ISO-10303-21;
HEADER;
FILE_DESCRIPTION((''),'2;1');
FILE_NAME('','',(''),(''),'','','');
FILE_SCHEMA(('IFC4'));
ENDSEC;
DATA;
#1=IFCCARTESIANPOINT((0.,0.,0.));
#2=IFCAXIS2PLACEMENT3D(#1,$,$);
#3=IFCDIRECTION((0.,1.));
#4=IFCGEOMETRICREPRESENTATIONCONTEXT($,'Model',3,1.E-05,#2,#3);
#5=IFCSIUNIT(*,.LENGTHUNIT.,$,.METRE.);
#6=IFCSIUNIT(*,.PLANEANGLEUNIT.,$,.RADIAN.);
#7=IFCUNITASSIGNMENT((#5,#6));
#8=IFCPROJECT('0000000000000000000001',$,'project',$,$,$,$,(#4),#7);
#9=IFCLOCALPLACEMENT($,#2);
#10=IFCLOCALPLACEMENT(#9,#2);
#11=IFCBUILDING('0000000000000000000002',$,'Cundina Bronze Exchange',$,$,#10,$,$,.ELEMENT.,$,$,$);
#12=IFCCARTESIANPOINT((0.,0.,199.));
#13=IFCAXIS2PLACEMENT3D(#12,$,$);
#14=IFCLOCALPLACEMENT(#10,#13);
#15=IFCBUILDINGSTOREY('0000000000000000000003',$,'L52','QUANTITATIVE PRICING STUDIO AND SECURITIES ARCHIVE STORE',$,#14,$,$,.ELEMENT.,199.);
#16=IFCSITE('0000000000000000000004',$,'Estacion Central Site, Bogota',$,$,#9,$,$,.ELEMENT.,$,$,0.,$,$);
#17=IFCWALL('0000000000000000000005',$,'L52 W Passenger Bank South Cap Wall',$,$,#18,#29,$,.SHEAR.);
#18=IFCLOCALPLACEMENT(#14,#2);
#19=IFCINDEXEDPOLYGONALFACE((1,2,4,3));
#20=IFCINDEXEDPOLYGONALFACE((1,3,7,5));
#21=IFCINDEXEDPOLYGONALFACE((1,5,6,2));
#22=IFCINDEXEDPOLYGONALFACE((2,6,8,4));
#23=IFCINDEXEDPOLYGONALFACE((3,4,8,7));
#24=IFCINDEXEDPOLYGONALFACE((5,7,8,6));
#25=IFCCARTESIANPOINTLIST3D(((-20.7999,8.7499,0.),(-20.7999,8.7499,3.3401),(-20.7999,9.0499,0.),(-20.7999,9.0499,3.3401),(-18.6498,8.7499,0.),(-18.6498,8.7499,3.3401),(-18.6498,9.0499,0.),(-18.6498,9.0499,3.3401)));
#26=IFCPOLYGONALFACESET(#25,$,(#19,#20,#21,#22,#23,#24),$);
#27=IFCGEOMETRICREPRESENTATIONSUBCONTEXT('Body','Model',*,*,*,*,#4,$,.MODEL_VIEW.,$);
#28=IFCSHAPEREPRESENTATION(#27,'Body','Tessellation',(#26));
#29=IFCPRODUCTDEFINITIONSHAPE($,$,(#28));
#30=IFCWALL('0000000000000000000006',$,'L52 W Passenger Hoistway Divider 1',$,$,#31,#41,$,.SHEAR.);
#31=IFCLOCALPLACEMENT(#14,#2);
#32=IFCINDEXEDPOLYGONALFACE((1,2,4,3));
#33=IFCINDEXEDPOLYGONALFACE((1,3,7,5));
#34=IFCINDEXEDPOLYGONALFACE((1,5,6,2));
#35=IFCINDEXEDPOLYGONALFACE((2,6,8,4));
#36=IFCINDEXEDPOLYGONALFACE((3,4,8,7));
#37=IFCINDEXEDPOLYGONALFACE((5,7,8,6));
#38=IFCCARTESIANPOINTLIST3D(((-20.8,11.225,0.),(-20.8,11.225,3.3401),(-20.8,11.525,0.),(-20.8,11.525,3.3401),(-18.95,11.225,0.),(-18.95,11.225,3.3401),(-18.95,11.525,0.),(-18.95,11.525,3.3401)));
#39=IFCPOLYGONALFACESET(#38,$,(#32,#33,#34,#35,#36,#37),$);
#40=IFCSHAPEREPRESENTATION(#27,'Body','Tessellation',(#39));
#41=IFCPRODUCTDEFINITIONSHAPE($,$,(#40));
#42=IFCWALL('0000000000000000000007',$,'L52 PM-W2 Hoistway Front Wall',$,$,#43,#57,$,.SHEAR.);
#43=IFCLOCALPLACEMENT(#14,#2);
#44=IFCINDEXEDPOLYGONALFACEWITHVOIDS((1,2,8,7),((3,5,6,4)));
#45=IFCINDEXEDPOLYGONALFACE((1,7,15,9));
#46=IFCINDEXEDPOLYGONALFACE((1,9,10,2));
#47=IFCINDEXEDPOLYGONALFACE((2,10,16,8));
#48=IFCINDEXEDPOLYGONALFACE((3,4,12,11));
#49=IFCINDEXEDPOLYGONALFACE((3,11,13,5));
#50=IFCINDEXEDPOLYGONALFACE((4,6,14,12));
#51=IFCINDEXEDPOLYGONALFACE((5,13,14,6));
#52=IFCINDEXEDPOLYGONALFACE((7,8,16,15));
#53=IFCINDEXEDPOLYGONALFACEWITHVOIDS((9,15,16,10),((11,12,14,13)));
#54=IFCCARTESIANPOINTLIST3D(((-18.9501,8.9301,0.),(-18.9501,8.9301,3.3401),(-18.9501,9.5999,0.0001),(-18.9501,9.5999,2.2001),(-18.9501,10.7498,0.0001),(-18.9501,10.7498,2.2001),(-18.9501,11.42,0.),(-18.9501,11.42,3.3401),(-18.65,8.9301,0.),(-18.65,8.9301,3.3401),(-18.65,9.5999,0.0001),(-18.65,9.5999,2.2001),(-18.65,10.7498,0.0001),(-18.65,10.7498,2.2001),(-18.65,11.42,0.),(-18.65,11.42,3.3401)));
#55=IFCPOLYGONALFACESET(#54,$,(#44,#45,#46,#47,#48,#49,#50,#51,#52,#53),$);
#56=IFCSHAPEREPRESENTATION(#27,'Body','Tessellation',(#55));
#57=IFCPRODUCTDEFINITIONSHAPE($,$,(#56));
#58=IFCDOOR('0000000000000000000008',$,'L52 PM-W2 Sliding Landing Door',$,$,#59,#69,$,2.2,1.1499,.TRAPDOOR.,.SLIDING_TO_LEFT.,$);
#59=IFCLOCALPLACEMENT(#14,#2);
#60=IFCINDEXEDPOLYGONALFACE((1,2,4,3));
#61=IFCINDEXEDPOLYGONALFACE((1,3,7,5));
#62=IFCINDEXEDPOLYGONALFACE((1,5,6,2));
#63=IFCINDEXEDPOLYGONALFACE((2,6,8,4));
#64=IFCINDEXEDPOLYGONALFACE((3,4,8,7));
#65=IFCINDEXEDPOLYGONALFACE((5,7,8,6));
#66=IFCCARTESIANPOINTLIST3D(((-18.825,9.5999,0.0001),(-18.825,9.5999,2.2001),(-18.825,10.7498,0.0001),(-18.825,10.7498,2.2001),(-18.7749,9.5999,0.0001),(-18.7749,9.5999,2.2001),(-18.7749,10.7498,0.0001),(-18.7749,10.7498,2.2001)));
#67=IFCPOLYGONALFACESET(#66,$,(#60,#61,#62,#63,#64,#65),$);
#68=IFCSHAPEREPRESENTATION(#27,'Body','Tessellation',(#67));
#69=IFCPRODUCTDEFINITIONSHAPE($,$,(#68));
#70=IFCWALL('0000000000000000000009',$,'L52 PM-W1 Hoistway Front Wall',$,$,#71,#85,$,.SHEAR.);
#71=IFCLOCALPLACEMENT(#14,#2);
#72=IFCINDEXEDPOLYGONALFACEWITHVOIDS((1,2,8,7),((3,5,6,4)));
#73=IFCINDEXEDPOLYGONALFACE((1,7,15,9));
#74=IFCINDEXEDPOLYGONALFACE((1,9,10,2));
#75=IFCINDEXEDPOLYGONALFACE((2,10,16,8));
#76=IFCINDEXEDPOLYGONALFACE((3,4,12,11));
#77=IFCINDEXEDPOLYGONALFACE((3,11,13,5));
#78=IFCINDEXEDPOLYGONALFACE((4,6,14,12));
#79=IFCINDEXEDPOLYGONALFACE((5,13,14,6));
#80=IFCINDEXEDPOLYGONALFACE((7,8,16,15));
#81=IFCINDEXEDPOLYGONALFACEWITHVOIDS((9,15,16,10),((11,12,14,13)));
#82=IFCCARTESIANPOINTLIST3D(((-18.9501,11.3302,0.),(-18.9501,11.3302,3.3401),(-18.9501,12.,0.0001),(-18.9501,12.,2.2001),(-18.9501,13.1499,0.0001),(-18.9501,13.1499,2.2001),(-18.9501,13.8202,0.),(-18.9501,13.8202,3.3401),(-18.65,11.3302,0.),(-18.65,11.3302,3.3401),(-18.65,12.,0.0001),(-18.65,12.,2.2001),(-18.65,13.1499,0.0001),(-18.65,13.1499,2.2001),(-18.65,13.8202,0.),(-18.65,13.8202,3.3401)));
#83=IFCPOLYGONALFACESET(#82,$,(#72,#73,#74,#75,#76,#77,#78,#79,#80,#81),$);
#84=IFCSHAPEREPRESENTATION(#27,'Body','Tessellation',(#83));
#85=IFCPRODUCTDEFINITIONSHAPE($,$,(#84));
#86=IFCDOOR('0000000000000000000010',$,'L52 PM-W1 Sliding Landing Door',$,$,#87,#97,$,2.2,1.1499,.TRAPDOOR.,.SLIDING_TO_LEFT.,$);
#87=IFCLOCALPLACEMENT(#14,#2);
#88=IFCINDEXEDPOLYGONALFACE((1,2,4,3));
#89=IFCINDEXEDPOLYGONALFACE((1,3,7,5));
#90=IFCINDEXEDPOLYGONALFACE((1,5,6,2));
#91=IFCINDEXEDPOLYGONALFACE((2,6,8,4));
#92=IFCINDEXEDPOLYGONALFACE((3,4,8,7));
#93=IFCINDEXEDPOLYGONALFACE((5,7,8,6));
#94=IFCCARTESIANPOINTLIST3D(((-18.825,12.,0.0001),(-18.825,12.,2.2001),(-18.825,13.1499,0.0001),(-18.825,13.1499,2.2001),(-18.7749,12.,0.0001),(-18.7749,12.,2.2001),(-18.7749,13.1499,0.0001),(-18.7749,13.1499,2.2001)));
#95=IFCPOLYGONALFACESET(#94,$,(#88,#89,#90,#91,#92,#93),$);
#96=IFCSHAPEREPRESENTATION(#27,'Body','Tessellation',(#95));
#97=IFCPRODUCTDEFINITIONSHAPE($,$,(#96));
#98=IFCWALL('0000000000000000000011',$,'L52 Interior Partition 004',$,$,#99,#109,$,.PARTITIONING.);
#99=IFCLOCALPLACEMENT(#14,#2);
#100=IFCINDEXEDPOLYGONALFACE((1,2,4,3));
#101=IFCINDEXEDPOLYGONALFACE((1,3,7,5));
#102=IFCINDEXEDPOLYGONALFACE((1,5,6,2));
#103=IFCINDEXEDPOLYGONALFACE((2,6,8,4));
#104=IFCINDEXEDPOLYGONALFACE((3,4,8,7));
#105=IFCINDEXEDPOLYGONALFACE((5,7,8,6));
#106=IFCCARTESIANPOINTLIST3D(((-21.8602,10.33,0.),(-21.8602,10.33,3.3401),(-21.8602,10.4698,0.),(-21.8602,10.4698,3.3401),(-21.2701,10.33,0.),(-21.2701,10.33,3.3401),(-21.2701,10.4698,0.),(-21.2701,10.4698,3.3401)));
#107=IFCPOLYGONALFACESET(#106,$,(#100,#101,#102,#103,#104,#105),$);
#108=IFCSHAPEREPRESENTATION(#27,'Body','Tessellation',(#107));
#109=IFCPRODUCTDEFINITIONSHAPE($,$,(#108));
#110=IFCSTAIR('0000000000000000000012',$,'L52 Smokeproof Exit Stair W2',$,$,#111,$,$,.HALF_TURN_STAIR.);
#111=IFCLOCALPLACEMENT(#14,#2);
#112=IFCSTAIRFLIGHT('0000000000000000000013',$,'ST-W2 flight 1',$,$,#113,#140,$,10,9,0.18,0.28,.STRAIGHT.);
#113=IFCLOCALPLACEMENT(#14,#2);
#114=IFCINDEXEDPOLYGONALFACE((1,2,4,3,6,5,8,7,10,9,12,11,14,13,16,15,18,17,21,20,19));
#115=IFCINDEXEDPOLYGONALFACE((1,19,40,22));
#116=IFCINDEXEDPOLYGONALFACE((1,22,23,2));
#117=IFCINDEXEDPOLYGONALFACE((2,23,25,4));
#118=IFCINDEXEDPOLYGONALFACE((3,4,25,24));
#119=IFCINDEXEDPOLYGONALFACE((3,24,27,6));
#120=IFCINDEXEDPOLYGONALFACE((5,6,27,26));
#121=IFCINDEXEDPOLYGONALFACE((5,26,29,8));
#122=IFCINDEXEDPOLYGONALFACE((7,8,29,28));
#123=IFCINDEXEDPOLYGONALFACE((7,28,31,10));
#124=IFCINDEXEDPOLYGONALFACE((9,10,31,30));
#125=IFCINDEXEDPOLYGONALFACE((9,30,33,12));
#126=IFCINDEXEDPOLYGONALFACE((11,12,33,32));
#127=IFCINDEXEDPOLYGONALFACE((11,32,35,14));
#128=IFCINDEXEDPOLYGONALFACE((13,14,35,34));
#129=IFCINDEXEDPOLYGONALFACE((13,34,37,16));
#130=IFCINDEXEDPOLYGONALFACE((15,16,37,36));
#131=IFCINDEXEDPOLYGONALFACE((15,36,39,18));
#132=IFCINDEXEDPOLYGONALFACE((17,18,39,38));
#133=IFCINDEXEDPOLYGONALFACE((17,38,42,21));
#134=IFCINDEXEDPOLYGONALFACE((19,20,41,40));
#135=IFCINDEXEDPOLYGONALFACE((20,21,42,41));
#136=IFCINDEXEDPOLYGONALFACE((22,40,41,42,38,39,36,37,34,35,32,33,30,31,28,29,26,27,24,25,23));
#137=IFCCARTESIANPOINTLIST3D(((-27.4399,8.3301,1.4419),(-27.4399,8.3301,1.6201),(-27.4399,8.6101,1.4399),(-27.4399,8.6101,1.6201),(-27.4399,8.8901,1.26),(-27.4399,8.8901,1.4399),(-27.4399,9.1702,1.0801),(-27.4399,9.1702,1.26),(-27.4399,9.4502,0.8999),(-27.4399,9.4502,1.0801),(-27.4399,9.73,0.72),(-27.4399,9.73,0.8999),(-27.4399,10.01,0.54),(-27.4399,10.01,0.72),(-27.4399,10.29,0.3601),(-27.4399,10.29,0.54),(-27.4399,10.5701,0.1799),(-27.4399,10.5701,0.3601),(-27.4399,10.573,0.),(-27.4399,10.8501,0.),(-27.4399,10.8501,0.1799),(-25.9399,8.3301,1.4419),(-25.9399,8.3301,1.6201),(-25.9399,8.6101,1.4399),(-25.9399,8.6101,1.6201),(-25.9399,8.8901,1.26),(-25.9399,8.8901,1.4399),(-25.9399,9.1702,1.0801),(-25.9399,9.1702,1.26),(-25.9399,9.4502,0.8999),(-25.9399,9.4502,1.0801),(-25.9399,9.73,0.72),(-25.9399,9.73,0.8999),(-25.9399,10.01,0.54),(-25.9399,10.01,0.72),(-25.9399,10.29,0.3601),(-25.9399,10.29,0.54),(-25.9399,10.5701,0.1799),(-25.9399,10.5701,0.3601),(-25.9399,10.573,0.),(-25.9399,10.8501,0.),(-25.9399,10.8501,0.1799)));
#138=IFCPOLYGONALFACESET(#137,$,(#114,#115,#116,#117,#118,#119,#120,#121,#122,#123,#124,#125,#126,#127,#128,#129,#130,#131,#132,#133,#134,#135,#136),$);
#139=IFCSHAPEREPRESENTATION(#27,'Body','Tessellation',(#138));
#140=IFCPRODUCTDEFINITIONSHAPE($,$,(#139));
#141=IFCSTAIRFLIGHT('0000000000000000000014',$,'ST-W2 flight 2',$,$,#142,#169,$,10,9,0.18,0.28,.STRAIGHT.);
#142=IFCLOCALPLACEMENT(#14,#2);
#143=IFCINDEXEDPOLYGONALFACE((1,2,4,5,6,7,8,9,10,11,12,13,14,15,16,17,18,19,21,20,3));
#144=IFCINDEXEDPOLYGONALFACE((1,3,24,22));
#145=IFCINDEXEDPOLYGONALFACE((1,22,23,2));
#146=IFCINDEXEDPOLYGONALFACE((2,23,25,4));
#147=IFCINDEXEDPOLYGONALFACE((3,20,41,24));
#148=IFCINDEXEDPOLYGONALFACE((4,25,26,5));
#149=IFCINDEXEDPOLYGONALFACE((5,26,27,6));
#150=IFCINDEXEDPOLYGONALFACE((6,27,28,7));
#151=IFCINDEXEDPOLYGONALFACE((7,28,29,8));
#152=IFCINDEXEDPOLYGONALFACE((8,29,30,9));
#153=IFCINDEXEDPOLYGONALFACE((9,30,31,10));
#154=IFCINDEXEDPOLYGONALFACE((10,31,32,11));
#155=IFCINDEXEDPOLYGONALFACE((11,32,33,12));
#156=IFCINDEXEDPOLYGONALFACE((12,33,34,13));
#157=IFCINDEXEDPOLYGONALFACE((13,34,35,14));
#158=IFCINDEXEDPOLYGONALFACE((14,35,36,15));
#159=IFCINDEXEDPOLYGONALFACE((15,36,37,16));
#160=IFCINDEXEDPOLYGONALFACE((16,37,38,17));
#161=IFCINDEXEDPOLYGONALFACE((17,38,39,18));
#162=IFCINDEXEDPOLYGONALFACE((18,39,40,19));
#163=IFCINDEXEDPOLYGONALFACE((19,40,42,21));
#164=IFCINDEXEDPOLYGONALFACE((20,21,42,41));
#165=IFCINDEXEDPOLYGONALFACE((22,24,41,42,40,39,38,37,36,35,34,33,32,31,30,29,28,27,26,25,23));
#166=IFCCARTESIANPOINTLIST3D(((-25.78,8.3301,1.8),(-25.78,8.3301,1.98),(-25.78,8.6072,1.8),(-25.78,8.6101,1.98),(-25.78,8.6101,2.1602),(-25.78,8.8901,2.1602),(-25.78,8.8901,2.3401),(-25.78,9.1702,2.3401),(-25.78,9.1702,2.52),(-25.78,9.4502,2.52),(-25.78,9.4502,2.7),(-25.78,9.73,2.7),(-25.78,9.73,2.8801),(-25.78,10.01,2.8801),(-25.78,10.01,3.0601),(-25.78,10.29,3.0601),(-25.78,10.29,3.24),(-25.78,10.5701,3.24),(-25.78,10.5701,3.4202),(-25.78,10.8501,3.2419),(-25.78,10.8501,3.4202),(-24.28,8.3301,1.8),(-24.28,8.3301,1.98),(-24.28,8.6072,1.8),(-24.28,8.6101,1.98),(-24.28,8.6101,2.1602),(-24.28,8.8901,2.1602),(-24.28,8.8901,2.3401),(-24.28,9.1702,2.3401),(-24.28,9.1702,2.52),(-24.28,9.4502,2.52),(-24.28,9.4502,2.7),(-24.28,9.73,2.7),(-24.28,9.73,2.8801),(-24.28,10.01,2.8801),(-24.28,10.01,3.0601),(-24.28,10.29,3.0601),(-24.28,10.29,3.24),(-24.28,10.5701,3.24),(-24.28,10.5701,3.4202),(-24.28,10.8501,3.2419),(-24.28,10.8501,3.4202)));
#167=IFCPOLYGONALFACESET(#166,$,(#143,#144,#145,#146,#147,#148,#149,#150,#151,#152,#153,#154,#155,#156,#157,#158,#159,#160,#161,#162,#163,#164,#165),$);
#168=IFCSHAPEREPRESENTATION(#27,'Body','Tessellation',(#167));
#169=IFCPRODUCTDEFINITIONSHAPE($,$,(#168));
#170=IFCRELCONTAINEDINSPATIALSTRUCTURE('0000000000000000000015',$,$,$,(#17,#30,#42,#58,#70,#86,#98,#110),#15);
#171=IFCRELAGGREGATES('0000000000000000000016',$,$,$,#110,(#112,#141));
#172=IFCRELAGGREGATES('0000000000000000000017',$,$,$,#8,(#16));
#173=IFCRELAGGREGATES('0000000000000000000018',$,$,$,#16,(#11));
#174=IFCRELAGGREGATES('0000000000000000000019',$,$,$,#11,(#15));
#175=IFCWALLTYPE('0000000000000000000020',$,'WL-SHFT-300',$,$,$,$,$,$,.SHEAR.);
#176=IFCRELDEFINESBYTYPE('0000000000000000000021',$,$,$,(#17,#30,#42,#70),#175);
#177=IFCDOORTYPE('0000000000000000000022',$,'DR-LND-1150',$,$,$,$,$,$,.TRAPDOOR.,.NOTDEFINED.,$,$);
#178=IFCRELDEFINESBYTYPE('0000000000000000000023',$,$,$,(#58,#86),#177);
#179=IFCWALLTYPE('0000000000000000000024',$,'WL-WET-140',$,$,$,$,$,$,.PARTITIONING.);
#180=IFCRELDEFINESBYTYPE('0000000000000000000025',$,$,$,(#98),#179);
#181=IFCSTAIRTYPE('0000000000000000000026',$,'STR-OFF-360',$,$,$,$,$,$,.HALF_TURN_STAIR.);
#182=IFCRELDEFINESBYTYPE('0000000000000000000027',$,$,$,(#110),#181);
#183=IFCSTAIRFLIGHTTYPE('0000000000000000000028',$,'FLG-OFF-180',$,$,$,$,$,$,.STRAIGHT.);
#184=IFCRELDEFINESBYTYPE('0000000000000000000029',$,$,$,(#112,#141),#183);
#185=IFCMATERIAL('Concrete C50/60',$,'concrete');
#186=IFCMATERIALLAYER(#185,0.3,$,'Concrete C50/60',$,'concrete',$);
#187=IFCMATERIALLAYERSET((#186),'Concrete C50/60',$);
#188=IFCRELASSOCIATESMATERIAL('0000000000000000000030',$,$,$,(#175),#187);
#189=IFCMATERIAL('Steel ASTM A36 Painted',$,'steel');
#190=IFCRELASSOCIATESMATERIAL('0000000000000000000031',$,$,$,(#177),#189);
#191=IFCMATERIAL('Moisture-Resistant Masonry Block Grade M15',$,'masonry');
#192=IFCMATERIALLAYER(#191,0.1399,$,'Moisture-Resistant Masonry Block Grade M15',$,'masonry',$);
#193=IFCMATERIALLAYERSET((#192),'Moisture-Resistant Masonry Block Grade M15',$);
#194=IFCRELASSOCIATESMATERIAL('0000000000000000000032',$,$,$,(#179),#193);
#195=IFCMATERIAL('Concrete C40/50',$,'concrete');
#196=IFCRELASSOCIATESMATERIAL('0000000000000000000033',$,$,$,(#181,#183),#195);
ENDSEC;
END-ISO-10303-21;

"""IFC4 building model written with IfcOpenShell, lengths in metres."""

from ifc_helpers import new_model, si_unit, direction, frame, frame_2d, origin, place, context, subcontext, project, spatial, polyline, rectangle, outline, extrude, material, layer, layer_set, type_object, element, fill, aggregate, save


model = new_model("IFC4")

# Units and contexts
model_context = context("Model", 3, precision=1e-05, world=origin(), true_north=direction((0.0, 1.0)))
body_context = subcontext(model_context, "Body", "Model", "MODEL_VIEW")
ifc_project = project(units=[si_unit("LENGTHUNIT", "METRE"), si_unit("PLANEANGLEUNIT", "RADIAN")], contexts=[model_context])

# Site, building, storey
site_placement = place(None, origin())
site = spatial("IfcSite", under=ifc_project, at=site_placement, Name="Estacion Central Site, Bogota", CompositionType="ELEMENT", RefElevation=0.0)
building_placement = place(site_placement, origin())
building = spatial("IfcBuilding", under=site, at=building_placement, Name="Cundina Bronze Exchange", CompositionType="ELEMENT")
storey_placement = place(building_placement, frame((0.0, 0.0, 199.0)))
storey = spatial("IfcBuildingStorey", under=building, at=storey_placement, Name="L52", Description="QUANTITATIVE PRICING STUDIO AND SECURITIES ARCHIVE STORE", CompositionType="ELEMENT", Elevation=199.0)

# Shared definitions
ifc_material_1 = material(Name="Concrete C50/60", Category="concrete")

# Shared definitions
ifc_layer_1 = layer(ifc_material_1, 0.3, Name="Concrete C50/60", Category="concrete")
ifc_layer_set_1 = layer_set([ifc_layer_1], Name="Concrete C50/60")
wall_type_1 = type_object("IfcWallType", Name="WL-SHFT-300", PredefinedType="SHEAR", material=ifc_layer_set_1)
ifc_material_2 = material(Name="Steel ASTM A36 Painted", Category="steel")
door_type_1 = type_object("IfcDoorType", Name="DR-LND-1150", OperationType="NOTDEFINED", PredefinedType="TRAPDOOR", material=ifc_material_2)

# Walls
wall_1_placement = place(storey_placement, frame((-20.8, 8.8999, 0.0), z_axis=(0.0, 0.0, 1.0), x_axis=(1.0, 0.0, 0.0)))
element("IfcWall", 1, at=wall_1_placement, inside=storey, type_object=wall_type_1, Name="L52 W Passenger Bank South Cap Wall", PredefinedType="SHEAR", context=body_context, shape_type="SweptSolid", body=[
    extrude(rectangle(XDim=2.1501, YDim=0.3, at=frame_2d((1.0752, 0.0))), origin(), (0.0, 0.0, 1.0), 3.3401),
])
wall_2_placement = place(storey_placement, frame((-20.8, 11.375, 0.0), z_axis=(0.0, 0.0, 1.0), x_axis=(1.0, 0.0, 0.0)))
element("IfcWall", 2, at=wall_2_placement, inside=storey, type_object=wall_type_1, Name="L52 W Passenger Hoistway Divider 1", PredefinedType="SHEAR", context=body_context, shape_type="SweptSolid", body=[
    extrude(rectangle(XDim=1.8501, YDim=0.3, at=frame_2d((0.925, 0.0))), origin(), (0.0, 0.0, 1.0), 3.3401),
])

# Walls, openings, doors
wall_3_placement = place(storey_placement, frame((-18.8, 8.9299, 0.0), z_axis=(0.0, 0.0, 1.0), x_axis=(0.0, 1.0, 0.0)))
wall_3 = element("IfcWall", 3, at=wall_3_placement, inside=storey, type_object=wall_type_1, Name="L52 PM-W2 Hoistway Front Wall", PredefinedType="SHEAR", context=body_context, shape_type="SweptSolid", body=[
    extrude(rectangle(XDim=2.49, YDim=0.3, at=frame_2d((1.2451, 0.0))), origin(), (0.0, 0.0, 1.0), 3.3401),
])
opening_1_placement = place(wall_3_placement, frame((0.6699, 0.0, 0.0)))
opening_1 = element("IfcOpeningElement", 4, at=opening_1_placement, cuts=wall_3, PredefinedType="OPENING", context=body_context, shape_type="SweptSolid", body=[
    extrude(rectangle(XDim=1.1499, YDim=2.2, at=frame_2d((0.575, 1.1001))), frame((0.0, 0.1599, 0.0), z_axis=(0.0, -1.0, 0.0), x_axis=(1.0, 0.0, 0.0)), (0.0, 0.0, 1.0), 0.3201),
])
door_1_placement = place(opening_1_placement, origin())
door_1 = element("IfcDoor", 5, at=door_1_placement, inside=storey, type_object=door_type_1, Name="L52 PM-W2 Sliding Landing Door", OperationType="SLIDING_TO_LEFT", OverallHeight=2.2, OverallWidth=1.1499, PredefinedType="TRAPDOOR", context=body_context, shape_type="SweptSolid", body=[
    extrude(rectangle(XDim=1.1499, YDim=2.2, at=frame_2d((0.575, 1.1001))), frame((0.0, 0.0249, 0.0), z_axis=(0.0, -1.0, 0.0), x_axis=(1.0, 0.0, 0.0)), (0.0, 0.0, 1.0), 0.05),
])
fill(opening_1, door_1)
wall_4_placement = place(storey_placement, frame((-18.8, 11.3301, 0.0), z_axis=(0.0, 0.0, 1.0), x_axis=(0.0, 1.0, 0.0)))
wall_4 = element("IfcWall", 6, at=wall_4_placement, inside=storey, type_object=wall_type_1, Name="L52 PM-W1 Hoistway Front Wall", PredefinedType="SHEAR", context=body_context, shape_type="SweptSolid", body=[
    extrude(rectangle(XDim=2.49, YDim=0.3, at=frame_2d((1.2451, 0.0))), origin(), (0.0, 0.0, 1.0), 3.3401),
])
opening_2_placement = place(wall_4_placement, frame((0.6699, 0.0, 0.0)))
opening_2 = element("IfcOpeningElement", 7, at=opening_2_placement, cuts=wall_4, PredefinedType="OPENING", context=body_context, shape_type="SweptSolid", body=[
    extrude(rectangle(XDim=1.1499, YDim=2.2, at=frame_2d((0.575, 1.1001))), frame((0.0, 0.1599, 0.0), z_axis=(0.0, -1.0, 0.0), x_axis=(1.0, 0.0, 0.0)), (0.0, 0.0, 1.0), 0.3201),
])
door_2_placement = place(opening_2_placement, origin())
door_2 = element("IfcDoor", 8, at=door_2_placement, inside=storey, type_object=door_type_1, Name="L52 PM-W1 Sliding Landing Door", OperationType="SLIDING_TO_LEFT", OverallHeight=2.2, OverallWidth=1.1499, PredefinedType="TRAPDOOR", context=body_context, shape_type="SweptSolid", body=[
    extrude(rectangle(XDim=1.1499, YDim=2.2, at=frame_2d((0.575, 1.1001))), frame((0.0, 0.0249, 0.0), z_axis=(0.0, -1.0, 0.0), x_axis=(1.0, 0.0, 0.0)), (0.0, 0.0, 1.0), 0.05),
])
fill(opening_2, door_2)

# Wall
ifc_material_3 = material(Name="Moisture-Resistant Masonry Block Grade M15", Category="masonry")
ifc_layer_2 = layer(ifc_material_3, 0.1399, Name="Moisture-Resistant Masonry Block Grade M15", Category="masonry")
ifc_layer_set_2 = layer_set([ifc_layer_2], Name="Moisture-Resistant Masonry Block Grade M15")
wall_type_2 = type_object("IfcWallType", Name="WL-WET-140", PredefinedType="PARTITIONING", material=ifc_layer_set_2)
wall_5_placement = place(storey_placement, frame((-21.8601, 10.3999, 0.0), z_axis=(0.0, 0.0, 1.0), x_axis=(1.0, 0.0, 0.0)))
element("IfcWall", 9, at=wall_5_placement, inside=storey, type_object=wall_type_2, Name="L52 Interior Partition 004", PredefinedType="PARTITIONING", context=body_context, shape_type="SweptSolid", body=[
    extrude(rectangle(XDim=0.5901, YDim=0.1399, at=frame_2d((0.2949, 0.0))), origin(), (0.0, 0.0, 1.0), 3.3401),
])

# Stair, stair flights
ifc_material_4 = material(Name="Concrete C40/50", Category="concrete")
stair_type = type_object("IfcStairType", Name="STR-OFF-360", PredefinedType="HALF_TURN_STAIR", material=ifc_material_4)
stair_placement = place(storey_placement, origin())
stair = element("IfcStair", 10, at=stair_placement, inside=storey, type_object=stair_type, Name="L52 Smokeproof Exit Stair W2", PredefinedType="HALF_TURN_STAIR")
stair_flight_type = type_object("IfcStairFlightType", Name="FLG-OFF-180", PredefinedType="STRAIGHT", material=ifc_material_4)
stair_flight_1_placement = place(storey_placement, frame((-26.6899, 10.8501, 0.0), z_axis=(0.0, 0.0, 1.0), x_axis=(0.0, -1.0, 0.0)))
stair_flight_1 = element("IfcStairFlight", 11, at=stair_flight_1_placement, type_object=stair_flight_type, Name="ST-W2 flight 1", NumberOfRisers=10, NumberOfTreads=9, PredefinedType="STRAIGHT", RiserHeight=0.18, TreadLength=0.28, context=body_context, shape_type="SweptSolid", body=[
    extrude(outline(polyline([(0.0, 0.0), (0.0, 0.1799), (0.28, 0.1799), (0.28, 0.3601), (0.5601, 0.3601), (0.5601, 0.54), (0.8401, 0.54), (0.8401, 0.72), (1.1201, 0.72), (1.1201, 0.8999), (1.3999, 0.8999), (1.3999, 1.0801), (1.6799, 1.0801), (1.6799, 1.26), (1.96, 1.26), (1.96, 1.4399), (2.24, 1.4399), (2.24, 1.6201), (2.52, 1.6201), (2.52, 1.8), (2.52, 1.4419), (0.2771, 0.0), (0.0, 0.0)])), frame((0.0, 0.75, 0.0), z_axis=(0.0, -1.0, 0.0), x_axis=(1.0, 0.0, 0.0)), (0.0, 0.0, 1.0), 1.5),
])
stair_flight_2_placement = place(storey_placement, frame((-25.03, 8.3301, 1.8), z_axis=(0.0, 0.0, 1.0), x_axis=(0.0, 1.0, 0.0)))
stair_flight_2 = element("IfcStairFlight", 12, at=stair_flight_2_placement, type_object=stair_flight_type, Name="ST-W2 flight 2", NumberOfRisers=10, NumberOfTreads=9, PredefinedType="STRAIGHT", RiserHeight=0.18, TreadLength=0.28, context=body_context, shape_type="SweptSolid", body=[
    extrude(outline(polyline([(0.0, 0.0), (0.0, 0.1799), (0.28, 0.1799), (0.28, 0.3601), (0.5601, 0.3601), (0.5601, 0.54), (0.8401, 0.54), (0.8401, 0.72), (1.1201, 0.72), (1.1201, 0.8999), (1.3999, 0.8999), (1.3999, 1.0801), (1.6799, 1.0801), (1.6799, 1.26), (1.96, 1.26), (1.96, 1.4399), (2.24, 1.4399), (2.24, 1.6201), (2.52, 1.6201), (2.52, 1.8), (2.52, 1.4419), (0.2771, 0.0), (0.0, 0.0)])), frame((0.0, 0.75, 0.0), z_axis=(0.0, -1.0, 0.0), x_axis=(1.0, 0.0, 0.0)), (0.0, 0.0, 1.0), 1.5),
])
aggregate(stair, [stair_flight_1, stair_flight_2])

save(model, "model.ifc")
